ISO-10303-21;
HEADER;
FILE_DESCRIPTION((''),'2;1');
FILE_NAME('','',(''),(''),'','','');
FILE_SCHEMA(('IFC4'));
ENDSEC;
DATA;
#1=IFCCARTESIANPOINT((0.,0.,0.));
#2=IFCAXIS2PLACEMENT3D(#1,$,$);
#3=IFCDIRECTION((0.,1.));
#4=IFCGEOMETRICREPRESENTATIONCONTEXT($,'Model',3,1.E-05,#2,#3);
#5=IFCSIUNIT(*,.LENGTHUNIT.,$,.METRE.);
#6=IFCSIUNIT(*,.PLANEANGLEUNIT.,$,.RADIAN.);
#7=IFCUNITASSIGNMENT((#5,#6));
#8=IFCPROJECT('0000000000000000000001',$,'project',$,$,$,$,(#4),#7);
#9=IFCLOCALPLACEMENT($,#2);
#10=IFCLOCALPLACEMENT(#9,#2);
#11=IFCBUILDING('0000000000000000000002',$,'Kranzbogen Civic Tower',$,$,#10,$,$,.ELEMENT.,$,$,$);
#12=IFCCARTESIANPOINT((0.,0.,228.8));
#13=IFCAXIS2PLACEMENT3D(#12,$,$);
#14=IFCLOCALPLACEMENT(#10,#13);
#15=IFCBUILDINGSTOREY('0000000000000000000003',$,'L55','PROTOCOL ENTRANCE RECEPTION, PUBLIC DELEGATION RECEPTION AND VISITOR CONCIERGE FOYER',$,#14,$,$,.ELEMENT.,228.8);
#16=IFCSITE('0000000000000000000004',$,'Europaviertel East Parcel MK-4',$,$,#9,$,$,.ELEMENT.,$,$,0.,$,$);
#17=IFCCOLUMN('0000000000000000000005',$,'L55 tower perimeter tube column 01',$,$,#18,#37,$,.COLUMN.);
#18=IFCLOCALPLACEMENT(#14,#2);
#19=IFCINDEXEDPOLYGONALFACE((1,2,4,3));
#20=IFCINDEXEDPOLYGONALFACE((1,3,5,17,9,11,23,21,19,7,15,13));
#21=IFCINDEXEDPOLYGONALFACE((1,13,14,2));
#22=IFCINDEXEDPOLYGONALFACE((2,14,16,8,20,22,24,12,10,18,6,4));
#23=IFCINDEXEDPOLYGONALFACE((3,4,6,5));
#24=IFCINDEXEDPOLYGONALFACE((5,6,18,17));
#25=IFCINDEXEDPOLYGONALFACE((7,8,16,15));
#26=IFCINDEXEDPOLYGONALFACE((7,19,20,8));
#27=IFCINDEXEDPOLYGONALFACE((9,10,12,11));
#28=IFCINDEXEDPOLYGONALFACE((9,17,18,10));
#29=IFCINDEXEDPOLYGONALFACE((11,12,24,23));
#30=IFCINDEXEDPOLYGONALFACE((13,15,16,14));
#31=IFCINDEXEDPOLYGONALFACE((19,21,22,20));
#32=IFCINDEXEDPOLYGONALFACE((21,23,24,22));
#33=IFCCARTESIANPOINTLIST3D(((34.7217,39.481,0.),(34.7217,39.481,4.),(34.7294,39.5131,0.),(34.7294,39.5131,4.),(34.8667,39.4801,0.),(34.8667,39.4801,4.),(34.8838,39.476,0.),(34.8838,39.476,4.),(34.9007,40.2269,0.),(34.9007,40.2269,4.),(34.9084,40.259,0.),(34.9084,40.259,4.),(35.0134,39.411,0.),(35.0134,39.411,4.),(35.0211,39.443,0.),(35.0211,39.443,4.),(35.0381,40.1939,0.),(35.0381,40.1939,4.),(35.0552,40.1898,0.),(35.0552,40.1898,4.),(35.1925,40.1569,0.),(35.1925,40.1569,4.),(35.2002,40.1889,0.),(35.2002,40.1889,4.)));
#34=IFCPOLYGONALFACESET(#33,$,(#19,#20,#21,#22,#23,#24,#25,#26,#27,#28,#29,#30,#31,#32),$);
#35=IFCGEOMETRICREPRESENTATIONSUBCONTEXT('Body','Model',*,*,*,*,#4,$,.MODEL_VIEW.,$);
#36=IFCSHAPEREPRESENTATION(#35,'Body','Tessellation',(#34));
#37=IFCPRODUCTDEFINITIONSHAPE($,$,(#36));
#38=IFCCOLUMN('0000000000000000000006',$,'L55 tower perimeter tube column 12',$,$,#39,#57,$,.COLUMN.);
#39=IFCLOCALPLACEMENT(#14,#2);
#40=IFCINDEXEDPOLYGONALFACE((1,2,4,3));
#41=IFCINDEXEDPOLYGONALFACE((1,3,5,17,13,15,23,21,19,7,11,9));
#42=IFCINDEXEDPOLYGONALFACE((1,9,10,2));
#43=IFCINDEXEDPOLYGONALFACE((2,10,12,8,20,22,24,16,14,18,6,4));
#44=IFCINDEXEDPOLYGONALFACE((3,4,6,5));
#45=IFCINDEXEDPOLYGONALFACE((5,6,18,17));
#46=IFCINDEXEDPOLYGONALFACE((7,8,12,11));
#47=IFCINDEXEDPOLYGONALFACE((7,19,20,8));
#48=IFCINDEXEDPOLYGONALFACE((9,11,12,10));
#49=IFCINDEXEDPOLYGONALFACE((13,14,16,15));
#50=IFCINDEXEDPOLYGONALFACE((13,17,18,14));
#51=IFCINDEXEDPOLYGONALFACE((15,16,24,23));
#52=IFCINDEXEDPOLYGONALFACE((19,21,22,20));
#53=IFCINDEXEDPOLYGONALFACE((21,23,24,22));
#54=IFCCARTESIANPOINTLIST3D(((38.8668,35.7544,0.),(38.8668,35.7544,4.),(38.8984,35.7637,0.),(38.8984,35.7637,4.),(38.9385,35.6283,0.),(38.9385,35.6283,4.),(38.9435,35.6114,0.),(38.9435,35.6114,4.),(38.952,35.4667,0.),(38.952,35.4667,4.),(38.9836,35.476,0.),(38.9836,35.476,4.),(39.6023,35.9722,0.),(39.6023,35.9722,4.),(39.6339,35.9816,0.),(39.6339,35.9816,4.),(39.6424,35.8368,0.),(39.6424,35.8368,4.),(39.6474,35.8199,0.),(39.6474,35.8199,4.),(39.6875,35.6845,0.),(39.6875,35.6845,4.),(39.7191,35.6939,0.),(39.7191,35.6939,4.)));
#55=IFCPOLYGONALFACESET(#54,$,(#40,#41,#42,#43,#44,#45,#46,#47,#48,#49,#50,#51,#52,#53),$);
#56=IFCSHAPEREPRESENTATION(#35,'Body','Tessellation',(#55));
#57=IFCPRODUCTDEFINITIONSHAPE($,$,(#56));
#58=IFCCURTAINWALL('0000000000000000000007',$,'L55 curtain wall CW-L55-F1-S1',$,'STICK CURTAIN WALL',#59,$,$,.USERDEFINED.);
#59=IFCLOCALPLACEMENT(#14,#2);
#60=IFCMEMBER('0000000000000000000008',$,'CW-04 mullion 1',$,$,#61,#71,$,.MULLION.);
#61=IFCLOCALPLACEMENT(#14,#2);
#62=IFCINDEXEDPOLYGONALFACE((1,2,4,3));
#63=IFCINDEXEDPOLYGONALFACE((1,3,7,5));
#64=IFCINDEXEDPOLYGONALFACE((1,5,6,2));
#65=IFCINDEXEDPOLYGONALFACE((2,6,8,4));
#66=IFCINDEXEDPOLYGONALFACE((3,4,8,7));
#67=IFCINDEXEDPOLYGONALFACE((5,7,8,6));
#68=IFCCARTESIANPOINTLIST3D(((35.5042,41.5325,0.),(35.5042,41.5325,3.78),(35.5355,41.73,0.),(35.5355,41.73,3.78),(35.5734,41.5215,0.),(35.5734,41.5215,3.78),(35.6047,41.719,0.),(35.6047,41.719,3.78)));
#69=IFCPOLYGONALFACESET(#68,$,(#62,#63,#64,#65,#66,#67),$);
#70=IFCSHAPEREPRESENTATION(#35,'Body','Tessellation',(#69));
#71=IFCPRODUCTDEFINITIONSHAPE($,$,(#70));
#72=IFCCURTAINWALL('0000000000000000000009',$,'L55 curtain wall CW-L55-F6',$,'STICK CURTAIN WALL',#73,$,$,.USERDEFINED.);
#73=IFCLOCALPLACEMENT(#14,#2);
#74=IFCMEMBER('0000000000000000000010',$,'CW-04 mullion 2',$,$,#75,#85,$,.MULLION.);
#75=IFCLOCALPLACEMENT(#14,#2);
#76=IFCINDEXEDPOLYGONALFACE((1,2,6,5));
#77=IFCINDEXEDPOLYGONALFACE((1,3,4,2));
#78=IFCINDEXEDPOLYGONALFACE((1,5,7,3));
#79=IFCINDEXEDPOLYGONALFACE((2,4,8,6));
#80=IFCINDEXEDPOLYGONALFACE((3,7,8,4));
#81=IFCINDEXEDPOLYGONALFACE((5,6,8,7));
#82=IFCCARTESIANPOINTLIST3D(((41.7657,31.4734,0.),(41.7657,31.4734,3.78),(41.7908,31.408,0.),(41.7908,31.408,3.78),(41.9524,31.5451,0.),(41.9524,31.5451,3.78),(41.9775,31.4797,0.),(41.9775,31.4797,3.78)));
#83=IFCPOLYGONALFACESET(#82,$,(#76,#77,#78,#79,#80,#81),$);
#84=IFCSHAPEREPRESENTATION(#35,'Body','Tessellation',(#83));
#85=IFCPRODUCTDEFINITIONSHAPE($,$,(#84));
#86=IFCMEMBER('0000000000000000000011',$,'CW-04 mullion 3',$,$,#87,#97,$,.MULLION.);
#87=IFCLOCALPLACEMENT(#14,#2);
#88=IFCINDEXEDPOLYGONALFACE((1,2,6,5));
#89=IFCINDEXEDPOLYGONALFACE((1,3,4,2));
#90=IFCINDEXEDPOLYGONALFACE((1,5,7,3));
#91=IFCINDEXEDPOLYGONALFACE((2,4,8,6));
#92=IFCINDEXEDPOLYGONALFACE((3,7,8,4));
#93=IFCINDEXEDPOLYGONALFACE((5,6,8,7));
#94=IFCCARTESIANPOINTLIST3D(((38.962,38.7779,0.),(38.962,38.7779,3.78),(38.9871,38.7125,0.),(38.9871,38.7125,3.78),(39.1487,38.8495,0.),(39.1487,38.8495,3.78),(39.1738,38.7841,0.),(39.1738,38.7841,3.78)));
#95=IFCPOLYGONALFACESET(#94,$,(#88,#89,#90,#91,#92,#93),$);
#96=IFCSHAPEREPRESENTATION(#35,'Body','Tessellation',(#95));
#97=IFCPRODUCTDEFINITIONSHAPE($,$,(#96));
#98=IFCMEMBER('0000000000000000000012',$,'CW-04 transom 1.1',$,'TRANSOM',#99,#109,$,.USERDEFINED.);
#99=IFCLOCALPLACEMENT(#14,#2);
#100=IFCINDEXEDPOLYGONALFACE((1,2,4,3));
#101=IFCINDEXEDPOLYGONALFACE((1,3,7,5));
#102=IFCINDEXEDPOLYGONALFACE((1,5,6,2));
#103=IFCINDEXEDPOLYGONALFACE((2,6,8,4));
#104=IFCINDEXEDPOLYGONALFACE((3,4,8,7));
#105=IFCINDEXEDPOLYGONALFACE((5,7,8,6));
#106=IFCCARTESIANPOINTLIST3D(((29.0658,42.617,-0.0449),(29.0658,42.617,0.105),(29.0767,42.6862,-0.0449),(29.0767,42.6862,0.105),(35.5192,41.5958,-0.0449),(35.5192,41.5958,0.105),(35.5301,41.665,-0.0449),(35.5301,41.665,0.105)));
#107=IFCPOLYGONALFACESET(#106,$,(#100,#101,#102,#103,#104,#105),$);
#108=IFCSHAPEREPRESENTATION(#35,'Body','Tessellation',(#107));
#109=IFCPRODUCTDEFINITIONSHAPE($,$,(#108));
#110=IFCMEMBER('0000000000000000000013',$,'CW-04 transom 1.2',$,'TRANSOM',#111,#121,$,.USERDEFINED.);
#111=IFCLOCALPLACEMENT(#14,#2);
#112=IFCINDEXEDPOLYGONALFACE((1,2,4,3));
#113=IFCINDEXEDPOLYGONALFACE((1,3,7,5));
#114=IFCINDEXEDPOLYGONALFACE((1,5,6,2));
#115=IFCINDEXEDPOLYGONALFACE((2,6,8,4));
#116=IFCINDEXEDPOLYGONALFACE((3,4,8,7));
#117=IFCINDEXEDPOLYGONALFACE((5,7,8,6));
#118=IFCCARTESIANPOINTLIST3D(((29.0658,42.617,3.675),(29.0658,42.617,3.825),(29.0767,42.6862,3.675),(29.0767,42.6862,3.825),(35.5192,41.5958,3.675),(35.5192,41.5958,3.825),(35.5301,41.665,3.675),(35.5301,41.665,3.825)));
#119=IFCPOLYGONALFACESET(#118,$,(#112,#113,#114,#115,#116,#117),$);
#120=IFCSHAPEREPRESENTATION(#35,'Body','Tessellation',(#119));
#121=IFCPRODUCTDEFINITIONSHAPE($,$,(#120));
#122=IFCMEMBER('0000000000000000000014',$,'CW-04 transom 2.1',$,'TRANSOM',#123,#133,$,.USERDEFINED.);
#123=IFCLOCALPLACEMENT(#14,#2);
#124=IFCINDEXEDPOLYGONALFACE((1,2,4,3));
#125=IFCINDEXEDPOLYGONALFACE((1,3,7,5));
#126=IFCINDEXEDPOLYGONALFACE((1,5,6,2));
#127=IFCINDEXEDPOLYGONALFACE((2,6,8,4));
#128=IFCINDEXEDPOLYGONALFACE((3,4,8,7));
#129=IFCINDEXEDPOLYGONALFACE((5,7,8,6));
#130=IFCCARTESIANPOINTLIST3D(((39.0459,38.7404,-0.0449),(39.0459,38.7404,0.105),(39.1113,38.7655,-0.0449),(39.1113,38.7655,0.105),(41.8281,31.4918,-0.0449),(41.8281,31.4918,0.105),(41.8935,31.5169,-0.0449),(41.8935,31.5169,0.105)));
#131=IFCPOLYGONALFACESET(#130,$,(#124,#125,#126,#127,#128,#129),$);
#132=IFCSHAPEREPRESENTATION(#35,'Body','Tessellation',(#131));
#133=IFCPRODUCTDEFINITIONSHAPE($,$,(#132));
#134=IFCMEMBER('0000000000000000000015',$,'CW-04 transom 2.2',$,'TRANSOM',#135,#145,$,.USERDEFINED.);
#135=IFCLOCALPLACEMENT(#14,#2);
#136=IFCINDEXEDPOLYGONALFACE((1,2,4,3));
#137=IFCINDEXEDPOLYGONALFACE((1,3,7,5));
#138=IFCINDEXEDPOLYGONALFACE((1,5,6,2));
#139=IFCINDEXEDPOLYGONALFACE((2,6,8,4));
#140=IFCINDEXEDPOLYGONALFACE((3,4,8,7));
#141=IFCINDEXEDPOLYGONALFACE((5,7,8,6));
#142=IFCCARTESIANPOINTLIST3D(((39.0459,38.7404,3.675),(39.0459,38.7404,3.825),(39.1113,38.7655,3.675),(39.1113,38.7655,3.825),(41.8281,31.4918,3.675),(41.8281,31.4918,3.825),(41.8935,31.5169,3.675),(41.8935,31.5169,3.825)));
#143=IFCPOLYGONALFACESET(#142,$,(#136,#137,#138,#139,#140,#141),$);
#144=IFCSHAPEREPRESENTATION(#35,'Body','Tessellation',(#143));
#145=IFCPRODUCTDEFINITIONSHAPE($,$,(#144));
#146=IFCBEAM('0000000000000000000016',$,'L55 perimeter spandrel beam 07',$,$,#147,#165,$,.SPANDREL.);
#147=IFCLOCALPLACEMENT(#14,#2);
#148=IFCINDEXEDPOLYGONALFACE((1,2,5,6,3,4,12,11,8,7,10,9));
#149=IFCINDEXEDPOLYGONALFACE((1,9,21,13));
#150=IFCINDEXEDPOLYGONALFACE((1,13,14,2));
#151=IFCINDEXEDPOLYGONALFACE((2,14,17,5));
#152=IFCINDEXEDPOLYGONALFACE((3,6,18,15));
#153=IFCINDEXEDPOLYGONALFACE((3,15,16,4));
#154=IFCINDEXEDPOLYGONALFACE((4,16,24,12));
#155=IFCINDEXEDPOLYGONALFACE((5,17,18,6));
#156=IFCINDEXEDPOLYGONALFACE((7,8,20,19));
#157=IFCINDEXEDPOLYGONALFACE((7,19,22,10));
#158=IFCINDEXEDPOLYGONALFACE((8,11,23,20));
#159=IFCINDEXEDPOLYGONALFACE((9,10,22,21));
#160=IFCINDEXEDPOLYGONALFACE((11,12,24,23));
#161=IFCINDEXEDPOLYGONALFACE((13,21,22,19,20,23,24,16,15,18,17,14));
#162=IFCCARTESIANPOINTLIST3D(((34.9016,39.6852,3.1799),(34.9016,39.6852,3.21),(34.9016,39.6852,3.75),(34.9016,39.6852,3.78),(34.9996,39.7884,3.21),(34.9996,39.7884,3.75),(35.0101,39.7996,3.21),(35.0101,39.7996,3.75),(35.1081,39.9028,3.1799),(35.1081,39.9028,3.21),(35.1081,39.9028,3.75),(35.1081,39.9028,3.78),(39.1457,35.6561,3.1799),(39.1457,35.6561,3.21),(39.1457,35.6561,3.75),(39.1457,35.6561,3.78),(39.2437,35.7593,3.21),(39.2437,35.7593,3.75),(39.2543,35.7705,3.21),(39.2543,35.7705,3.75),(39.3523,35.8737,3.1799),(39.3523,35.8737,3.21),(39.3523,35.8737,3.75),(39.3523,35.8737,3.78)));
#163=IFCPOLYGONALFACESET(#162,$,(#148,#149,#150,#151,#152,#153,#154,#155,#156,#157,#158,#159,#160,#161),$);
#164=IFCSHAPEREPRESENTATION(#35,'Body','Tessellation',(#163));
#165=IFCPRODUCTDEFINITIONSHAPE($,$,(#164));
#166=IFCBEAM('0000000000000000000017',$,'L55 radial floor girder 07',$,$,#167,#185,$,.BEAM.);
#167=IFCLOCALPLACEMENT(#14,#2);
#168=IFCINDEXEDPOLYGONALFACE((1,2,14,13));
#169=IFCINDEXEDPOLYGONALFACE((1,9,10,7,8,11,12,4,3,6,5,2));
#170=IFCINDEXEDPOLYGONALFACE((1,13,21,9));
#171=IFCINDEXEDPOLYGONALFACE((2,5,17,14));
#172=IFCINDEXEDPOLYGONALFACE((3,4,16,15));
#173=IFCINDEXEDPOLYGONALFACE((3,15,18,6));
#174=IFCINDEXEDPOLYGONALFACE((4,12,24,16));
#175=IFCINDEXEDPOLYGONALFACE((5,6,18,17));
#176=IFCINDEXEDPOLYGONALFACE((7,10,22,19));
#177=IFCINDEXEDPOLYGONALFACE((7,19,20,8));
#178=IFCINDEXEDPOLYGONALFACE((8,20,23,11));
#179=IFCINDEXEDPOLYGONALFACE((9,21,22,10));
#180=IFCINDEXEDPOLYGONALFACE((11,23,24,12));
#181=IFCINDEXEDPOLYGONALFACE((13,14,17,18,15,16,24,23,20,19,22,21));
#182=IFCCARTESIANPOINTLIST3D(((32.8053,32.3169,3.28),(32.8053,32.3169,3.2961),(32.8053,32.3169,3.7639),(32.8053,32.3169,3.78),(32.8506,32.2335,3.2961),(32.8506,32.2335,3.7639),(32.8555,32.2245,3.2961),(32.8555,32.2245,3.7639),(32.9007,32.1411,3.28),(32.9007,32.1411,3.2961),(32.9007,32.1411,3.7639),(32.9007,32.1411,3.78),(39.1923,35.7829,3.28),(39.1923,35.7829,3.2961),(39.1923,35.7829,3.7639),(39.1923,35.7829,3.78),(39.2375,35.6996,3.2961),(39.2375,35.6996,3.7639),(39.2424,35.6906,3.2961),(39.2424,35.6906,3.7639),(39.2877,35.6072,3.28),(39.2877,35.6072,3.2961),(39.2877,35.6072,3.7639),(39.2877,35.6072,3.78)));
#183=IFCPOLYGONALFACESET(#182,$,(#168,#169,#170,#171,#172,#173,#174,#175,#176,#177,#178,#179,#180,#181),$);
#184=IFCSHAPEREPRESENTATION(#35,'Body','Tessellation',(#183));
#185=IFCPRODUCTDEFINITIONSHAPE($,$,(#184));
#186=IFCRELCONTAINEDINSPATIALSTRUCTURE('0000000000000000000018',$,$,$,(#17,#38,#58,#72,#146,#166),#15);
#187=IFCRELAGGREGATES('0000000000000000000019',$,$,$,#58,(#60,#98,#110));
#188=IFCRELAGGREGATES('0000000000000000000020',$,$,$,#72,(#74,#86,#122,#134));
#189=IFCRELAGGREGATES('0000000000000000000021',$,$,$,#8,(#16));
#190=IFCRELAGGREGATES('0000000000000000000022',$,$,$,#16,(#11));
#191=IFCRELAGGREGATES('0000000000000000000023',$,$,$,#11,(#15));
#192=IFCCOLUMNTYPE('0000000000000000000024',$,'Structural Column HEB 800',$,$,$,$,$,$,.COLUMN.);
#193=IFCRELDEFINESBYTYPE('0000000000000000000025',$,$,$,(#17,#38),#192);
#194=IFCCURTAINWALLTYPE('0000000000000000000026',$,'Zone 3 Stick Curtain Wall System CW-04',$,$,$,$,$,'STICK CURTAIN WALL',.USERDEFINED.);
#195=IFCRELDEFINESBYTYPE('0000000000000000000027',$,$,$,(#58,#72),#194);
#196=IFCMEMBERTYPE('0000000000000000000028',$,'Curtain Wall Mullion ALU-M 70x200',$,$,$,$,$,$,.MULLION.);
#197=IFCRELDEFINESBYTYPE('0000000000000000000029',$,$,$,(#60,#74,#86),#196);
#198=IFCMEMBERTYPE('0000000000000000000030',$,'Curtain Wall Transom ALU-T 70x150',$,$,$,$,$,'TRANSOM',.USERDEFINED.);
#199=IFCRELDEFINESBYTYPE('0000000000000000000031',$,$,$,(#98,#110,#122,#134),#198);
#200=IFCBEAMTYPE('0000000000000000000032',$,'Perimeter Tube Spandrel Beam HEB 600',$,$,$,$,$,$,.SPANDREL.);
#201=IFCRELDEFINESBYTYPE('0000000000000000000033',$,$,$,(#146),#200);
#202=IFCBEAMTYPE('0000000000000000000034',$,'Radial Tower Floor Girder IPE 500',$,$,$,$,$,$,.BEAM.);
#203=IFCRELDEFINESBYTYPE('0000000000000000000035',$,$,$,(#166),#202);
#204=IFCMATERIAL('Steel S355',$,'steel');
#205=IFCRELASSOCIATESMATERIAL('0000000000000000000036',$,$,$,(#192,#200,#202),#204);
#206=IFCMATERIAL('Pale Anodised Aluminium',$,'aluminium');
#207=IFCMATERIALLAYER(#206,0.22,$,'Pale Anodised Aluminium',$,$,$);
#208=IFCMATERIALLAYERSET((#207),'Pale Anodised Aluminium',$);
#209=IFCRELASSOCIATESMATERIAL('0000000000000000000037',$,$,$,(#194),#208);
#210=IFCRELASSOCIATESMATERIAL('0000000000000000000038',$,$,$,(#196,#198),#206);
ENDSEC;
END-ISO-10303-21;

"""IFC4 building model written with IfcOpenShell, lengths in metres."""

from ifc_helpers import new_model, si_unit, direction, frame, origin, origin_2d, place, context, subcontext, project, spatial, rectangle, i_section, extrude, material, layer, layer_set, material_profile, profile_set, type_object, element, aggregate, save


model = new_model("IFC4")

# Units and contexts
model_context = context("Model", 3, precision=1e-05, world=origin(), true_north=direction((0.0, 1.0)))
body_context = subcontext(model_context, "Body", "Model", "MODEL_VIEW")
ifc_project = project(units=[si_unit("LENGTHUNIT", "METRE"), si_unit("PLANEANGLEUNIT", "RADIAN")], contexts=[model_context])

# Site, building, storey
site_placement = place(None, origin())
site = spatial("IfcSite", under=ifc_project, at=site_placement, Name="Europaviertel East Parcel MK-4", CompositionType="ELEMENT", RefElevation=0.0)
building_placement = place(site_placement, origin())
building = spatial("IfcBuilding", under=site, at=building_placement, Name="Kranzbogen Civic Tower", CompositionType="ELEMENT")
storey_placement = place(building_placement, frame((0.0, 0.0, 228.8)))
storey = spatial("IfcBuildingStorey", under=building, at=storey_placement, Name="L55", Description="PROTOCOL ENTRANCE RECEPTION, PUBLIC DELEGATION RECEPTION AND VISITOR CONCIERGE FOYER", CompositionType="ELEMENT", Elevation=228.8)

# Columns
ifc_material_1 = material(Name="Steel S355", Category="steel")
ifc_material_profile_1 = material_profile(ifc_material_1, i_section(OverallWidth=0.3, OverallDepth=0.8, WebThickness=0.0176, FlangeThickness=0.033, at=origin_2d()), Name="HEB 800")
ifc_profile_set_1 = profile_set([ifc_material_profile_1], Name="Steel S355")
column_type = type_object("IfcColumnType", Name="Structural Column HEB 800", PredefinedType="COLUMN", material=ifc_profile_set_1)
for number, where, z_axis, x_axis, name in (
    (1, (34.9609, 39.835, 0.0), (0.0, 0.0, 1.0), (-0.97237, 0.233445, 0.0), "L55 tower perimeter tube column 01"),
    (2, (39.293, 35.7241, 0.0), (0.0, 0.0, 1.0), (-0.284015, 0.95882, 0.0), "L55 tower perimeter tube column 12"),
):
    element("IfcColumn", number, at=place(storey_placement, frame(where, z_axis=z_axis, x_axis=x_axis)), inside=storey, type_object=column_type, Name=name, PredefinedType="COLUMN", context=body_context, shape_type="SweptSolid", body=[
        extrude(i_section(OverallWidth=0.3, OverallDepth=0.8, WebThickness=0.0176, FlangeThickness=0.033, at=origin_2d()), origin(), (0.0, 0.0, 1.0), 4.0),
    ])

# Curtain wall, member
ifc_material_2 = material(Name="Pale Anodised Aluminium", Category="aluminium")
ifc_layer_1 = layer(ifc_material_2, 0.22, Name="Pale Anodised Aluminium")
ifc_layer_set_1 = layer_set([ifc_layer_1], Name="Pale Anodised Aluminium")
curtain_wall_type = type_object("IfcCurtainWallType", Name="Zone 3 Stick Curtain Wall System CW-04", ElementType="STICK CURTAIN WALL", PredefinedType="USERDEFINED", material=ifc_layer_set_1)
curtain_wall_1_placement = place(storey_placement, origin())
curtain_wall_1 = element("IfcCurtainWall", 3, at=curtain_wall_1_placement, inside=storey, type_object=curtain_wall_type, Name="L55 curtain wall CW-L55-F1-S1", ObjectType="STICK CURTAIN WALL", PredefinedType="USERDEFINED")
ifc_material_profile_2 = material_profile(ifc_material_2, rectangle(XDim=0.0701, YDim=0.2, at=origin_2d()), Name="ALU-M 70x200")
ifc_profile_set_2 = profile_set([ifc_material_profile_2], Name="Pale Anodised Aluminium")
member_type_1 = type_object("IfcMemberType", Name="Curtain Wall Mullion ALU-M 70x200", PredefinedType="MULLION", material=ifc_profile_set_2)
member_1_placement = place(storey_placement, frame((35.5544, 41.6257, 0.0), z_axis=(0.0, 0.0, 1.0), x_axis=(-0.987709, 0.156302, 0.0)))
member_1 = element("IfcMember", 4, at=member_1_placement, type_object=member_type_1, Name="CW-04 mullion 1", PredefinedType="MULLION", context=body_context, shape_type="SweptSolid", body=[
    extrude(rectangle(XDim=0.0701, YDim=0.2, at=origin_2d()), origin(), (0.0, 0.0, 1.0), 3.78),
])

# Curtain wall, members
curtain_wall_2_placement = place(storey_placement, origin())
curtain_wall_2 = element("IfcCurtainWall", 5, at=curtain_wall_2_placement, inside=storey, type_object=curtain_wall_type, Name="L55 curtain wall CW-L55-F6", ObjectType="STICK CURTAIN WALL", PredefinedType="USERDEFINED")
member_2_placement = place(storey_placement, frame((41.8716, 31.4766, 0.0), z_axis=(0.0, 0.0, 1.0), x_axis=(-0.358348, 0.933588, 0.0)))
member_2 = element("IfcMember", 6, at=member_2_placement, type_object=member_type_1, Name="CW-04 mullion 2", PredefinedType="MULLION", context=body_context, shape_type="SweptSolid", body=[
    extrude(rectangle(XDim=0.0701, YDim=0.2, at=origin_2d()), origin(), (0.0, 0.0, 1.0), 3.78),
])
member_3_placement = place(storey_placement, frame((39.0679, 38.781, 0.0), z_axis=(0.0, 0.0, 1.0), x_axis=(-0.358348, 0.933588, 0.0)))
member_3 = element("IfcMember", 7, at=member_3_placement, type_object=member_type_1, Name="CW-04 mullion 3", PredefinedType="MULLION", context=body_context, shape_type="SweptSolid", body=[
    extrude(rectangle(XDim=0.0701, YDim=0.2, at=origin_2d()), origin(), (0.0, 0.0, 1.0), 3.78),
])

# Members
ifc_material_profile_3 = material_profile(ifc_material_2, rectangle(XDim=0.0701, YDim=0.1499, at=origin_2d()), Name="ALU-T 70x150")
ifc_profile_set_3 = profile_set([ifc_material_profile_3], Name="Pale Anodised Aluminium")
member_type_2 = type_object("IfcMemberType", Name="Curtain Wall Transom ALU-T 70x150", ElementType="TRANSOM", PredefinedType="USERDEFINED", material=ifc_profile_set_3)
member_4_placement = place(storey_placement, frame((35.5247, 41.6304, 0.03), z_axis=(-0.987709, 0.156304, 0.0), x_axis=(-0.156304, -0.987709, 0.0)))
member_4 = element("IfcMember", 8, at=member_4_placement, type_object=member_type_2, Name="CW-04 transom 1.1", ObjectType="TRANSOM", PredefinedType="USERDEFINED", context=body_context, shape_type="SweptSolid", body=[
    extrude(rectangle(XDim=0.0701, YDim=0.1499, at=origin_2d()), origin(), (0.0, 0.0, 1.0), 6.5337),
])
member_5_placement = place(storey_placement, frame((35.5247, 41.6304, 3.75), z_axis=(-0.987709, 0.156304, 0.0), x_axis=(-0.156304, -0.987709, 0.0)))
member_5 = element("IfcMember", 9, at=member_5_placement, type_object=member_type_2, Name="CW-04 transom 1.2", ObjectType="TRANSOM", PredefinedType="USERDEFINED", context=body_context, shape_type="SweptSolid", body=[
    extrude(rectangle(XDim=0.0701, YDim=0.1499, at=origin_2d()), origin(), (0.0, 0.0, 1.0), 6.5337),
])
aggregate(curtain_wall_1, [member_1, member_4, member_5])
member_6_placement = place(storey_placement, frame((41.8608, 31.5044, 0.03), z_axis=(-0.358343, 0.93359, 0.0), x_axis=(-0.93359, -0.358343, 0.0)))
member_6 = element("IfcMember", 10, at=member_6_placement, type_object=member_type_2, Name="CW-04 transom 2.1", ObjectType="TRANSOM", PredefinedType="USERDEFINED", context=body_context, shape_type="SweptSolid", body=[
    extrude(rectangle(XDim=0.0701, YDim=0.1499, at=origin_2d()), origin(), (0.0, 0.0, 1.0), 7.7642),
])
member_7_placement = place(storey_placement, frame((41.8608, 31.5044, 3.75), z_axis=(-0.358343, 0.93359, 0.0), x_axis=(-0.93359, -0.358343, 0.0)))
member_7 = element("IfcMember", 11, at=member_7_placement, type_object=member_type_2, Name="CW-04 transom 2.2", ObjectType="TRANSOM", PredefinedType="USERDEFINED", context=body_context, shape_type="SweptSolid", body=[
    extrude(rectangle(XDim=0.0701, YDim=0.1499, at=origin_2d()), origin(), (0.0, 0.0, 1.0), 7.7642),
])

# Beams
ifc_material_profile_4 = material_profile(ifc_material_1, i_section(OverallWidth=0.3, OverallDepth=0.6001, WebThickness=0.0154, FlangeThickness=0.03, at=origin_2d()), Name="HEB 600")
ifc_profile_set_4 = profile_set([ifc_material_profile_4], Name="Steel S355")
beam_type_1 = type_object("IfcBeamType", Name="Perimeter Tube Spandrel Beam HEB 600", PredefinedType="SPANDREL", material=ifc_profile_set_4)
beam_1_placement = place(storey_placement, frame((39.249, 35.7649, 3.48), z_axis=(-0.725245, 0.688491, 0.0), x_axis=(-0.688491, -0.725245, 0.0)))
element("IfcBeam", 12, at=beam_1_placement, inside=storey, type_object=beam_type_1, Name="L55 perimeter spandrel beam 07", PredefinedType="SPANDREL", context=body_context, shape_type="SweptSolid", body=[
    extrude(i_section(OverallWidth=0.3, OverallDepth=0.6001, WebThickness=0.0154, FlangeThickness=0.03, at=origin_2d()), origin(), (0.0, 0.0, 1.0), 5.8521),
])
ifc_material_profile_5 = material_profile(ifc_material_1, i_section(OverallWidth=0.2, OverallDepth=0.5, WebThickness=0.0103, FlangeThickness=0.0161, at=origin_2d()), Name="IPE 500")
ifc_profile_set_5 = profile_set([ifc_material_profile_5], Name="Steel S355")
beam_type_2 = type_object("IfcBeamType", Name="Radial Tower Floor Girder IPE 500", PredefinedType="BEAM", material=ifc_profile_set_5)
beam_2_placement = place(storey_placement, frame((39.24, 35.6951, 3.53), z_axis=(-0.878919, -0.47697, 0.0), x_axis=(0.47697, -0.878919, 0.0)))
element("IfcBeam", 13, at=beam_2_placement, inside=storey, type_object=beam_type_2, Name="L55 radial floor girder 07", PredefinedType="BEAM", context=body_context, shape_type="SweptSolid", body=[
    extrude(i_section(OverallWidth=0.2, OverallDepth=0.5, WebThickness=0.0103, FlangeThickness=0.0161, at=origin_2d()), origin(), (0.0, 0.0, 1.0), 7.2668),
])

aggregate(curtain_wall_2, [member_2, member_3, member_6, member_7])

save(model, "model.ifc")
